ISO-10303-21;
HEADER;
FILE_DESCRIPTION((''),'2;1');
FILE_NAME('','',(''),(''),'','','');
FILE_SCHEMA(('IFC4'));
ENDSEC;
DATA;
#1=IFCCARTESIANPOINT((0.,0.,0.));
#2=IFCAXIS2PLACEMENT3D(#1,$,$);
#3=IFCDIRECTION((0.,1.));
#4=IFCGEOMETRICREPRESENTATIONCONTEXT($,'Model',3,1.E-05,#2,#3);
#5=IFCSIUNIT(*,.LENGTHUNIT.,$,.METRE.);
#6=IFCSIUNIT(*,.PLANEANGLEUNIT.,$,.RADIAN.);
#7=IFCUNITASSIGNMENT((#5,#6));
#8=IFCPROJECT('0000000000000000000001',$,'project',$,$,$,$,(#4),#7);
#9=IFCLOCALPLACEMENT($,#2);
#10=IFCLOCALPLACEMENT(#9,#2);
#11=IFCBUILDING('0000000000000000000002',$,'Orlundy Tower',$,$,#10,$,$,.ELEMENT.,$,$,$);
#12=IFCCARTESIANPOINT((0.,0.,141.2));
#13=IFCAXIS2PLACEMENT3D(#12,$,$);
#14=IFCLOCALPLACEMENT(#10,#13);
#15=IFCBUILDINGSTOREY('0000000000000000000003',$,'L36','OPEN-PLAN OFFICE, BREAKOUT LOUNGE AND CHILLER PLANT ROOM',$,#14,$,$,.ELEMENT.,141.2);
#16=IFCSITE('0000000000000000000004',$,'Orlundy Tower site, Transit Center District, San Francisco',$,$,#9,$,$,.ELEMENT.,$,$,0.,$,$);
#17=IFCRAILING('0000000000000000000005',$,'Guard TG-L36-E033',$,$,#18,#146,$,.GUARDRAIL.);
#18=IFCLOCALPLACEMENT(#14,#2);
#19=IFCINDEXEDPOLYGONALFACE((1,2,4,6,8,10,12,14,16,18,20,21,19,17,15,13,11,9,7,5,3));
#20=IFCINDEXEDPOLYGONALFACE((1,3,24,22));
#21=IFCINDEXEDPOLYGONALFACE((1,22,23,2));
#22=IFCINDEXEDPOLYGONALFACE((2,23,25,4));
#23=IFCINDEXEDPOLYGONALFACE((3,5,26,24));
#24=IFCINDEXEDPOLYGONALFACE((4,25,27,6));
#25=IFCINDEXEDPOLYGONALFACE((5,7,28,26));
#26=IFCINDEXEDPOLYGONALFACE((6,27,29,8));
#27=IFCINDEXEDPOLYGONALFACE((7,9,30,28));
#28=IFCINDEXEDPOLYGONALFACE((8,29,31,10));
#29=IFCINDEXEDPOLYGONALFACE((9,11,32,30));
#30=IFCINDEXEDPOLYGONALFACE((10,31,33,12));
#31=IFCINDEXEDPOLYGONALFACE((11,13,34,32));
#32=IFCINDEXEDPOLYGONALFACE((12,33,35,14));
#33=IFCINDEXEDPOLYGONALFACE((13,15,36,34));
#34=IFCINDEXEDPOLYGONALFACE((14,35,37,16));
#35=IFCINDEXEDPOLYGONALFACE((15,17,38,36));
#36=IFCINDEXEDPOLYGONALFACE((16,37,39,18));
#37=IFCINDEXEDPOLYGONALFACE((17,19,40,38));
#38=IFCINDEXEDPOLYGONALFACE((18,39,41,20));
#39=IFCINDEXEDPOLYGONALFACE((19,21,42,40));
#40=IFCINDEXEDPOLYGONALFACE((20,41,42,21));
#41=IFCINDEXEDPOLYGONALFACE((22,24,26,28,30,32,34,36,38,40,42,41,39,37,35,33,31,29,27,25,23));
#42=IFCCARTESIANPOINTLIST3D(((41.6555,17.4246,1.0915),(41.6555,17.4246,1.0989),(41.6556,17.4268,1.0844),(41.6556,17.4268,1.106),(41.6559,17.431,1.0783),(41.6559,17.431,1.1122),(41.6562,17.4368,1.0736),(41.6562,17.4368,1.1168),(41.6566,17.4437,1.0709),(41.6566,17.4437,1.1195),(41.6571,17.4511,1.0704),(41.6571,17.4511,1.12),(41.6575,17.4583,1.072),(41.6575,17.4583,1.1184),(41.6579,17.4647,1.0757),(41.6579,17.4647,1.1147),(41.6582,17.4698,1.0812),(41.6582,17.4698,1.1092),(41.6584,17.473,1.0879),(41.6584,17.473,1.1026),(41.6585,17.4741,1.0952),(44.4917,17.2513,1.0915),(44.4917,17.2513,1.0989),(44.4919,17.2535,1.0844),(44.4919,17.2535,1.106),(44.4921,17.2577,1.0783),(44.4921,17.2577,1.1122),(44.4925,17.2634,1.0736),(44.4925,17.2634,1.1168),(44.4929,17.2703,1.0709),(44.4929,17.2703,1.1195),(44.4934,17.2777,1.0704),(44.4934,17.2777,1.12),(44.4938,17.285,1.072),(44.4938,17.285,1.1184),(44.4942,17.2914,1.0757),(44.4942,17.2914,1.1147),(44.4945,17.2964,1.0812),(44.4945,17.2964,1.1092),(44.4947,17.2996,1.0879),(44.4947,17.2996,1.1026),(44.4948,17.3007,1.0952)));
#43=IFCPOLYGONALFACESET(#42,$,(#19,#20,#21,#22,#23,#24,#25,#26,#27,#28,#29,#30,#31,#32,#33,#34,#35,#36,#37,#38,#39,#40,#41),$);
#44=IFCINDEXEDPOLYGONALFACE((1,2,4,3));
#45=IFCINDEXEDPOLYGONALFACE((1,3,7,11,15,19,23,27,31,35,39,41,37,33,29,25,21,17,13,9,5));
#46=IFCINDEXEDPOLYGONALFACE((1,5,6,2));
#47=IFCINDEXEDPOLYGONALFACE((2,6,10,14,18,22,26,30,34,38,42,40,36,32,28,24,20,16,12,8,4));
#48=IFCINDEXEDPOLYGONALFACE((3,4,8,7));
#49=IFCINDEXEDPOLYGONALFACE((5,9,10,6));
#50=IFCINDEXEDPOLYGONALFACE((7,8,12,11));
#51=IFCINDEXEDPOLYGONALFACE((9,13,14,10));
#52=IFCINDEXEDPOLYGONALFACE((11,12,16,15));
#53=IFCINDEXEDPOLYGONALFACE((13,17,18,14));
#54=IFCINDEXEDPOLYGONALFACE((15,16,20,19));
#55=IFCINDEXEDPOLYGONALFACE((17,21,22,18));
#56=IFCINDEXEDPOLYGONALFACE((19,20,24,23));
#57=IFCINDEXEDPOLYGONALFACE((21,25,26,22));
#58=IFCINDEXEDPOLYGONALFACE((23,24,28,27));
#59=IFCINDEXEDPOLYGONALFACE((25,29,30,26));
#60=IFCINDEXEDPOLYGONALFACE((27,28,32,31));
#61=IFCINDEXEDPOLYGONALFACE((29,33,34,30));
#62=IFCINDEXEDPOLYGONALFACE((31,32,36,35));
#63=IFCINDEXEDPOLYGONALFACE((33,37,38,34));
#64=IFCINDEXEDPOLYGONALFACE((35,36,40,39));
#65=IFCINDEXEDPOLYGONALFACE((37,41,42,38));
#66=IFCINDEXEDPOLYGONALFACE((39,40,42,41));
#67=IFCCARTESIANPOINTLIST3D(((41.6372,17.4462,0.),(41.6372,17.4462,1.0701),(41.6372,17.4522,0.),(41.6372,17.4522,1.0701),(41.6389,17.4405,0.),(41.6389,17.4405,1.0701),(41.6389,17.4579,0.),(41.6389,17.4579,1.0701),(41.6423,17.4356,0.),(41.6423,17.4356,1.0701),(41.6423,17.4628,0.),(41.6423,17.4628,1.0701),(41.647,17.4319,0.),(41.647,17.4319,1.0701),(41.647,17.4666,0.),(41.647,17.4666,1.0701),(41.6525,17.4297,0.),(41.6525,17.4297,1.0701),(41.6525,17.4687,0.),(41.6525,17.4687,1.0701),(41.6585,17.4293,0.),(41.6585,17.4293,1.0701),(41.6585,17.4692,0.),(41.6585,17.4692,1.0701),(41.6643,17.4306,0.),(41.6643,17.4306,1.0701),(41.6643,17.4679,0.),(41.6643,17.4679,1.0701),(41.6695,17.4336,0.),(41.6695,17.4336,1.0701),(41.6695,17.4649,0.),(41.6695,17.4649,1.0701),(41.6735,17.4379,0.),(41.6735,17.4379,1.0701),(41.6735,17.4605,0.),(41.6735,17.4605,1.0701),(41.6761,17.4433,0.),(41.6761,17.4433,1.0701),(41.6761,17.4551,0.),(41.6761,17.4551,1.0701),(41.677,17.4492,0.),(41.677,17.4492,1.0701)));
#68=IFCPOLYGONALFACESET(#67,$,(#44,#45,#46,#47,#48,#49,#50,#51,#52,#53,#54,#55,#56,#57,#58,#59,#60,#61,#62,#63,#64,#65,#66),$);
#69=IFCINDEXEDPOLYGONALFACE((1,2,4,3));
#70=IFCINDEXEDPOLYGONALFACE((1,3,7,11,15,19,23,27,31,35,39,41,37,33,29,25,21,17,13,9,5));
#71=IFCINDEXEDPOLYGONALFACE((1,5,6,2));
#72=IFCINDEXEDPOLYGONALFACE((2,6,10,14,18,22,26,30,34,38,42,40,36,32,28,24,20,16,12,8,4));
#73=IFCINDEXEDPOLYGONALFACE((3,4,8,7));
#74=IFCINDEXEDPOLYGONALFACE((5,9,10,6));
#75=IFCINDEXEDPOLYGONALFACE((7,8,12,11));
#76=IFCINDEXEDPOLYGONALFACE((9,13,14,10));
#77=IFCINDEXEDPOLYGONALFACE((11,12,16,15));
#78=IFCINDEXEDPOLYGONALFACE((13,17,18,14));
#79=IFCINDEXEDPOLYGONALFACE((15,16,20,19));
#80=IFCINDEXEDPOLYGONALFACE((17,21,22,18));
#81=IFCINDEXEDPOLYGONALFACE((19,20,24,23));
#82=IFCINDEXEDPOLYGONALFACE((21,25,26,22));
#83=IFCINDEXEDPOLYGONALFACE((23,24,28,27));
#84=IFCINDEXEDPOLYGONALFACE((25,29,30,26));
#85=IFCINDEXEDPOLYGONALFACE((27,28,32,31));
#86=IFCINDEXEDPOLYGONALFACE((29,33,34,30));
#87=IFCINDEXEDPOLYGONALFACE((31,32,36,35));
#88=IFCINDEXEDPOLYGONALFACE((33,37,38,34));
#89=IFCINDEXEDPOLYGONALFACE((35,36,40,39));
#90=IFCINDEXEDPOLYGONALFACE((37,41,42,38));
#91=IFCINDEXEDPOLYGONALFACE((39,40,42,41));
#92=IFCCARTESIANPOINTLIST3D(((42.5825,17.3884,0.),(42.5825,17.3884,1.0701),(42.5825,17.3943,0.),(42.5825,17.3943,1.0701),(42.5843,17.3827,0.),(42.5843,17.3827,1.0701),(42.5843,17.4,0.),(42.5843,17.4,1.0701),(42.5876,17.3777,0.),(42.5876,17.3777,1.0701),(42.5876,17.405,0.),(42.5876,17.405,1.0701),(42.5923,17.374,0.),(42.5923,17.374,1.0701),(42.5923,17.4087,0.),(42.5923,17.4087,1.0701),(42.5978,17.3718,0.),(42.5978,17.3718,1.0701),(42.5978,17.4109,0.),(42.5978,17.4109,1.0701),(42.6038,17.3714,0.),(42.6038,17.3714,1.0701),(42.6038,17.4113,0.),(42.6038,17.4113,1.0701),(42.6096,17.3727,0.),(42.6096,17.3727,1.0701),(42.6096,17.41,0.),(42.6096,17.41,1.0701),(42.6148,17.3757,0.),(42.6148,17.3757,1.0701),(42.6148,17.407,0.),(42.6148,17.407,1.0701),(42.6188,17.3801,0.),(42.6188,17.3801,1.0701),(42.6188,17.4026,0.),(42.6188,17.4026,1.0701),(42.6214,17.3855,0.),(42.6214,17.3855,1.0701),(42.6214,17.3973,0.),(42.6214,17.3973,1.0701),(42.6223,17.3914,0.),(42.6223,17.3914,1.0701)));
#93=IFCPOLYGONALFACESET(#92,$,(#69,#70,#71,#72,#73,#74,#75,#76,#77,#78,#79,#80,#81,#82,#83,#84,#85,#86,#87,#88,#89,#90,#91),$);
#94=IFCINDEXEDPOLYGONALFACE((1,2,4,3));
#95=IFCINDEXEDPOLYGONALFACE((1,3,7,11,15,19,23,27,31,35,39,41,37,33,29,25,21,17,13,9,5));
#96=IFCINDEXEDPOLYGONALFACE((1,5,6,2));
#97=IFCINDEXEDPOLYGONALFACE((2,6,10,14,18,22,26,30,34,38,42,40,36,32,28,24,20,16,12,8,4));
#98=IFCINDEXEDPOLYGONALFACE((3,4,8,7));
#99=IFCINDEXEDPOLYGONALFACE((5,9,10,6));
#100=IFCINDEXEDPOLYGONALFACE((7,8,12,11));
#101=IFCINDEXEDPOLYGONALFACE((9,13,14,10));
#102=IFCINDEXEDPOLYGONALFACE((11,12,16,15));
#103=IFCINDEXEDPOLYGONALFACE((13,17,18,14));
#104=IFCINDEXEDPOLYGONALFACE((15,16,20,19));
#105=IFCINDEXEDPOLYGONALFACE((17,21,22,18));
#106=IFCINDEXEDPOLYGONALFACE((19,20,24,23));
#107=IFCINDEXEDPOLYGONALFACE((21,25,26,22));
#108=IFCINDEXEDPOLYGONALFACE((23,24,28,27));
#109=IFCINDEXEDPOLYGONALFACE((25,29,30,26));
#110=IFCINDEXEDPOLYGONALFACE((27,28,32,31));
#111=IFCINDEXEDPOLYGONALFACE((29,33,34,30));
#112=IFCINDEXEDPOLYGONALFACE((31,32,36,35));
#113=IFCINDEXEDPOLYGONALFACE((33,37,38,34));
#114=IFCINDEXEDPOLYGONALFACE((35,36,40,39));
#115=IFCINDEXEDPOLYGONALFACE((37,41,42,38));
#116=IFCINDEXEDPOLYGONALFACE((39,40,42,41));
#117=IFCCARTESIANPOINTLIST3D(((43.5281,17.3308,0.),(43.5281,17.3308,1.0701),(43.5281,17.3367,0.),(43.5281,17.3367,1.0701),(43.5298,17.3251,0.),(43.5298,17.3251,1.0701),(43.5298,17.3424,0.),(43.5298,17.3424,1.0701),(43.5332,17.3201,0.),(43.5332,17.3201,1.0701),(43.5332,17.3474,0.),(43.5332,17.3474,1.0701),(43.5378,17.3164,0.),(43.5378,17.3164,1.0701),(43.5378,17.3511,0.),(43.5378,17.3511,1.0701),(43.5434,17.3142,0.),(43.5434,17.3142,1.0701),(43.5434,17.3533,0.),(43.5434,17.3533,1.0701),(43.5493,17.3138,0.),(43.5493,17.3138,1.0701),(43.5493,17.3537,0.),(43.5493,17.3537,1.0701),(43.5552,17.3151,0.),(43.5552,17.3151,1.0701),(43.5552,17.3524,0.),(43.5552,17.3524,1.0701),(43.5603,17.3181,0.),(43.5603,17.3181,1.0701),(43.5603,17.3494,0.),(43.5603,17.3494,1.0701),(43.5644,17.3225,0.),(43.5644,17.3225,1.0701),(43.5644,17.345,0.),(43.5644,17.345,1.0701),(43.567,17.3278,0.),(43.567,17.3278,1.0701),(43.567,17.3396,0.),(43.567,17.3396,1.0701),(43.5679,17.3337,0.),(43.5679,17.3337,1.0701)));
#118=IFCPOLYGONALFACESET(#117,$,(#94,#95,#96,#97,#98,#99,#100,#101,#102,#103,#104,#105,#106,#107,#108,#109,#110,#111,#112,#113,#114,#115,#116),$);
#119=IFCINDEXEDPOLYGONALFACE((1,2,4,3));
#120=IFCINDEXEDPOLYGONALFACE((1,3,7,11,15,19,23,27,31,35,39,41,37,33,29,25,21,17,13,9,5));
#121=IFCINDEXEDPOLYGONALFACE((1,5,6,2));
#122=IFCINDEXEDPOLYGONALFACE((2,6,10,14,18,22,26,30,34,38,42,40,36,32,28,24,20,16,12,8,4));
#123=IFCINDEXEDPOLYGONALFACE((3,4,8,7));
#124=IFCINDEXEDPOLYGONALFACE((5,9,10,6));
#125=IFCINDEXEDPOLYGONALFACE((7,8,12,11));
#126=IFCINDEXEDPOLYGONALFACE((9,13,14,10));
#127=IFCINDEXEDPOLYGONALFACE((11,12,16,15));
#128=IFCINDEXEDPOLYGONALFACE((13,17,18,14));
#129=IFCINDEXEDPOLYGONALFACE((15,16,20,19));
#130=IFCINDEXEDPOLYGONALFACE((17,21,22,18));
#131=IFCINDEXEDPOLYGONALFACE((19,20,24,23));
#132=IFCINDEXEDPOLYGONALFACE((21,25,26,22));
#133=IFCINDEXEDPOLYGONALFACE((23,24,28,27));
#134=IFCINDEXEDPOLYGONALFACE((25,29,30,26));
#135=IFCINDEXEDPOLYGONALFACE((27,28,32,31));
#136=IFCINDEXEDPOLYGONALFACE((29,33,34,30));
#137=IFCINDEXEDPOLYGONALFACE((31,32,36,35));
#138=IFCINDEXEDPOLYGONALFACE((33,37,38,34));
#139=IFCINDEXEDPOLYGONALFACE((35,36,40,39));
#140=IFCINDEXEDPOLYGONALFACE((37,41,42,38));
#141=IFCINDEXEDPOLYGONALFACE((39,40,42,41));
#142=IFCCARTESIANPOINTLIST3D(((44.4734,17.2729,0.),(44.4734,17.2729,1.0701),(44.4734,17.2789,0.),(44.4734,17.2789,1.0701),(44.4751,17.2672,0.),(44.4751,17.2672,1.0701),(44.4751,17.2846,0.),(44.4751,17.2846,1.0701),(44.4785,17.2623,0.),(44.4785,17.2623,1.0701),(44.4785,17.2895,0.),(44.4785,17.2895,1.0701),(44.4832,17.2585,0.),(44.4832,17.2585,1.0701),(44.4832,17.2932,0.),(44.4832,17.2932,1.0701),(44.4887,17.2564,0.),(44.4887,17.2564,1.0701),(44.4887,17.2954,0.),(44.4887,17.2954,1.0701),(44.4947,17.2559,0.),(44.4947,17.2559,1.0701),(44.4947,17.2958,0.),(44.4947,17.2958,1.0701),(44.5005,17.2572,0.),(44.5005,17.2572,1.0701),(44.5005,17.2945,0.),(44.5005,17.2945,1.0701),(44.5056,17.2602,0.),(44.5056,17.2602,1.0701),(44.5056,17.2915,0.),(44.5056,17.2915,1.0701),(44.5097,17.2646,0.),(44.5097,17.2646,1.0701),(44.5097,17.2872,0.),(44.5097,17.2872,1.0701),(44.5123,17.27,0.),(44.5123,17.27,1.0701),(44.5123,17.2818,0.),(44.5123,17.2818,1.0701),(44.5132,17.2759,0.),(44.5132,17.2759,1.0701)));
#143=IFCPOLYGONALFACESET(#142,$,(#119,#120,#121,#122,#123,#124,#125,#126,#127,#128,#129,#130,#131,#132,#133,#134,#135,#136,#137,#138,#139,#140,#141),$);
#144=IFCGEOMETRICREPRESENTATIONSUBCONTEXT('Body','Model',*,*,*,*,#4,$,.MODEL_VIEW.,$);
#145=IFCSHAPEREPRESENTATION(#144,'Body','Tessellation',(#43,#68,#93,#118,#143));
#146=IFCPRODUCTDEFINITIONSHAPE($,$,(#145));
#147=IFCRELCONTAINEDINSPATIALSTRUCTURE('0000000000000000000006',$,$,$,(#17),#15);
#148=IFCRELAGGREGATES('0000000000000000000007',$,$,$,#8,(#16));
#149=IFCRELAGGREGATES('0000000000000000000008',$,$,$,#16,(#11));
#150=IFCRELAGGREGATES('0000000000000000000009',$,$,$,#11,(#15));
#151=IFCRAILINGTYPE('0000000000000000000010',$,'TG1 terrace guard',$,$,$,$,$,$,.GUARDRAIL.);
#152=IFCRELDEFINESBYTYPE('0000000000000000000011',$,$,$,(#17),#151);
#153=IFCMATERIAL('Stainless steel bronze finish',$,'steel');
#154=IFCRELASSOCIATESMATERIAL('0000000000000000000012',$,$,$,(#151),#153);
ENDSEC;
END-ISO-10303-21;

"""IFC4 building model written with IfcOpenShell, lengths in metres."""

from ifc_helpers import new_model, si_unit, direction, frame, origin, origin_2d, place, context, subcontext, project, spatial, circle, extrude, material, type_object, element, save


model = new_model("IFC4")

# Units and contexts
model_context = context("Model", 3, precision=1e-05, world=origin(), true_north=direction((0.0, 1.0)))
body_context = subcontext(model_context, "Body", "Model", "MODEL_VIEW")
ifc_project = project(units=[si_unit("LENGTHUNIT", "METRE"), si_unit("PLANEANGLEUNIT", "RADIAN")], contexts=[model_context])

# Site, building, storey
site_placement = place(None, origin())
site = spatial("IfcSite", under=ifc_project, at=site_placement, Name="Orlundy Tower site, Transit Center District, San Francisco", CompositionType="ELEMENT", RefElevation=0.0)
building_placement = place(site_placement, origin())
building = spatial("IfcBuilding", under=site, at=building_placement, Name="Orlundy Tower", CompositionType="ELEMENT")
storey_placement = place(building_placement, frame((0.0, 0.0, 141.2)))
storey = spatial("IfcBuildingStorey", under=building, at=storey_placement, Name="L36", Description="OPEN-PLAN OFFICE, BREAKOUT LOUNGE AND CHILLER PLANT ROOM", CompositionType="ELEMENT", Elevation=141.2)

# Railing
ifc_material_1 = material(Name="Stainless steel bronze finish", Category="steel")
railing_type = type_object("IfcRailingType", Name="TG1 terrace guard", PredefinedType="GUARDRAIL", material=ifc_material_1)
for number, where, name in (
    (1, (41.657, 17.4492, 0.0), "Guard TG-L36-E033"),
):
    element("IfcRailing", number, at=place(storey_placement, frame(where)), inside=storey, type_object=railing_type, Name=name, PredefinedType="GUARDRAIL", context=body_context, shape_type="SweptSolid", body=[
        extrude(circle(Radius=0.0249, at=origin_2d()), frame((0.0, 0.0, 1.0952), z_axis=(0.998138, -0.061004, 0.0), x_axis=(0.061004, 0.998138, 0.0)), (0.0, 0.0, 1.0), 2.8416),
        extrude(circle(Radius=0.02, at=origin_2d()), origin(), (0.0, 0.0, 1.0), 1.0701),
        extrude(circle(Radius=0.02, at=origin_2d()), frame((0.9453, -0.0579, 0.0)), (0.0, 0.0, 1.0), 1.0701),
        extrude(circle(Radius=0.02, at=origin_2d()), frame((1.8909, -0.1155, 0.0)), (0.0, 0.0, 1.0), 1.0701),
        extrude(circle(Radius=0.02, at=origin_2d()), frame((2.8362, -0.1733, 0.0)), (0.0, 0.0, 1.0), 1.0701),
    ])

save(model, "model.ifc")
